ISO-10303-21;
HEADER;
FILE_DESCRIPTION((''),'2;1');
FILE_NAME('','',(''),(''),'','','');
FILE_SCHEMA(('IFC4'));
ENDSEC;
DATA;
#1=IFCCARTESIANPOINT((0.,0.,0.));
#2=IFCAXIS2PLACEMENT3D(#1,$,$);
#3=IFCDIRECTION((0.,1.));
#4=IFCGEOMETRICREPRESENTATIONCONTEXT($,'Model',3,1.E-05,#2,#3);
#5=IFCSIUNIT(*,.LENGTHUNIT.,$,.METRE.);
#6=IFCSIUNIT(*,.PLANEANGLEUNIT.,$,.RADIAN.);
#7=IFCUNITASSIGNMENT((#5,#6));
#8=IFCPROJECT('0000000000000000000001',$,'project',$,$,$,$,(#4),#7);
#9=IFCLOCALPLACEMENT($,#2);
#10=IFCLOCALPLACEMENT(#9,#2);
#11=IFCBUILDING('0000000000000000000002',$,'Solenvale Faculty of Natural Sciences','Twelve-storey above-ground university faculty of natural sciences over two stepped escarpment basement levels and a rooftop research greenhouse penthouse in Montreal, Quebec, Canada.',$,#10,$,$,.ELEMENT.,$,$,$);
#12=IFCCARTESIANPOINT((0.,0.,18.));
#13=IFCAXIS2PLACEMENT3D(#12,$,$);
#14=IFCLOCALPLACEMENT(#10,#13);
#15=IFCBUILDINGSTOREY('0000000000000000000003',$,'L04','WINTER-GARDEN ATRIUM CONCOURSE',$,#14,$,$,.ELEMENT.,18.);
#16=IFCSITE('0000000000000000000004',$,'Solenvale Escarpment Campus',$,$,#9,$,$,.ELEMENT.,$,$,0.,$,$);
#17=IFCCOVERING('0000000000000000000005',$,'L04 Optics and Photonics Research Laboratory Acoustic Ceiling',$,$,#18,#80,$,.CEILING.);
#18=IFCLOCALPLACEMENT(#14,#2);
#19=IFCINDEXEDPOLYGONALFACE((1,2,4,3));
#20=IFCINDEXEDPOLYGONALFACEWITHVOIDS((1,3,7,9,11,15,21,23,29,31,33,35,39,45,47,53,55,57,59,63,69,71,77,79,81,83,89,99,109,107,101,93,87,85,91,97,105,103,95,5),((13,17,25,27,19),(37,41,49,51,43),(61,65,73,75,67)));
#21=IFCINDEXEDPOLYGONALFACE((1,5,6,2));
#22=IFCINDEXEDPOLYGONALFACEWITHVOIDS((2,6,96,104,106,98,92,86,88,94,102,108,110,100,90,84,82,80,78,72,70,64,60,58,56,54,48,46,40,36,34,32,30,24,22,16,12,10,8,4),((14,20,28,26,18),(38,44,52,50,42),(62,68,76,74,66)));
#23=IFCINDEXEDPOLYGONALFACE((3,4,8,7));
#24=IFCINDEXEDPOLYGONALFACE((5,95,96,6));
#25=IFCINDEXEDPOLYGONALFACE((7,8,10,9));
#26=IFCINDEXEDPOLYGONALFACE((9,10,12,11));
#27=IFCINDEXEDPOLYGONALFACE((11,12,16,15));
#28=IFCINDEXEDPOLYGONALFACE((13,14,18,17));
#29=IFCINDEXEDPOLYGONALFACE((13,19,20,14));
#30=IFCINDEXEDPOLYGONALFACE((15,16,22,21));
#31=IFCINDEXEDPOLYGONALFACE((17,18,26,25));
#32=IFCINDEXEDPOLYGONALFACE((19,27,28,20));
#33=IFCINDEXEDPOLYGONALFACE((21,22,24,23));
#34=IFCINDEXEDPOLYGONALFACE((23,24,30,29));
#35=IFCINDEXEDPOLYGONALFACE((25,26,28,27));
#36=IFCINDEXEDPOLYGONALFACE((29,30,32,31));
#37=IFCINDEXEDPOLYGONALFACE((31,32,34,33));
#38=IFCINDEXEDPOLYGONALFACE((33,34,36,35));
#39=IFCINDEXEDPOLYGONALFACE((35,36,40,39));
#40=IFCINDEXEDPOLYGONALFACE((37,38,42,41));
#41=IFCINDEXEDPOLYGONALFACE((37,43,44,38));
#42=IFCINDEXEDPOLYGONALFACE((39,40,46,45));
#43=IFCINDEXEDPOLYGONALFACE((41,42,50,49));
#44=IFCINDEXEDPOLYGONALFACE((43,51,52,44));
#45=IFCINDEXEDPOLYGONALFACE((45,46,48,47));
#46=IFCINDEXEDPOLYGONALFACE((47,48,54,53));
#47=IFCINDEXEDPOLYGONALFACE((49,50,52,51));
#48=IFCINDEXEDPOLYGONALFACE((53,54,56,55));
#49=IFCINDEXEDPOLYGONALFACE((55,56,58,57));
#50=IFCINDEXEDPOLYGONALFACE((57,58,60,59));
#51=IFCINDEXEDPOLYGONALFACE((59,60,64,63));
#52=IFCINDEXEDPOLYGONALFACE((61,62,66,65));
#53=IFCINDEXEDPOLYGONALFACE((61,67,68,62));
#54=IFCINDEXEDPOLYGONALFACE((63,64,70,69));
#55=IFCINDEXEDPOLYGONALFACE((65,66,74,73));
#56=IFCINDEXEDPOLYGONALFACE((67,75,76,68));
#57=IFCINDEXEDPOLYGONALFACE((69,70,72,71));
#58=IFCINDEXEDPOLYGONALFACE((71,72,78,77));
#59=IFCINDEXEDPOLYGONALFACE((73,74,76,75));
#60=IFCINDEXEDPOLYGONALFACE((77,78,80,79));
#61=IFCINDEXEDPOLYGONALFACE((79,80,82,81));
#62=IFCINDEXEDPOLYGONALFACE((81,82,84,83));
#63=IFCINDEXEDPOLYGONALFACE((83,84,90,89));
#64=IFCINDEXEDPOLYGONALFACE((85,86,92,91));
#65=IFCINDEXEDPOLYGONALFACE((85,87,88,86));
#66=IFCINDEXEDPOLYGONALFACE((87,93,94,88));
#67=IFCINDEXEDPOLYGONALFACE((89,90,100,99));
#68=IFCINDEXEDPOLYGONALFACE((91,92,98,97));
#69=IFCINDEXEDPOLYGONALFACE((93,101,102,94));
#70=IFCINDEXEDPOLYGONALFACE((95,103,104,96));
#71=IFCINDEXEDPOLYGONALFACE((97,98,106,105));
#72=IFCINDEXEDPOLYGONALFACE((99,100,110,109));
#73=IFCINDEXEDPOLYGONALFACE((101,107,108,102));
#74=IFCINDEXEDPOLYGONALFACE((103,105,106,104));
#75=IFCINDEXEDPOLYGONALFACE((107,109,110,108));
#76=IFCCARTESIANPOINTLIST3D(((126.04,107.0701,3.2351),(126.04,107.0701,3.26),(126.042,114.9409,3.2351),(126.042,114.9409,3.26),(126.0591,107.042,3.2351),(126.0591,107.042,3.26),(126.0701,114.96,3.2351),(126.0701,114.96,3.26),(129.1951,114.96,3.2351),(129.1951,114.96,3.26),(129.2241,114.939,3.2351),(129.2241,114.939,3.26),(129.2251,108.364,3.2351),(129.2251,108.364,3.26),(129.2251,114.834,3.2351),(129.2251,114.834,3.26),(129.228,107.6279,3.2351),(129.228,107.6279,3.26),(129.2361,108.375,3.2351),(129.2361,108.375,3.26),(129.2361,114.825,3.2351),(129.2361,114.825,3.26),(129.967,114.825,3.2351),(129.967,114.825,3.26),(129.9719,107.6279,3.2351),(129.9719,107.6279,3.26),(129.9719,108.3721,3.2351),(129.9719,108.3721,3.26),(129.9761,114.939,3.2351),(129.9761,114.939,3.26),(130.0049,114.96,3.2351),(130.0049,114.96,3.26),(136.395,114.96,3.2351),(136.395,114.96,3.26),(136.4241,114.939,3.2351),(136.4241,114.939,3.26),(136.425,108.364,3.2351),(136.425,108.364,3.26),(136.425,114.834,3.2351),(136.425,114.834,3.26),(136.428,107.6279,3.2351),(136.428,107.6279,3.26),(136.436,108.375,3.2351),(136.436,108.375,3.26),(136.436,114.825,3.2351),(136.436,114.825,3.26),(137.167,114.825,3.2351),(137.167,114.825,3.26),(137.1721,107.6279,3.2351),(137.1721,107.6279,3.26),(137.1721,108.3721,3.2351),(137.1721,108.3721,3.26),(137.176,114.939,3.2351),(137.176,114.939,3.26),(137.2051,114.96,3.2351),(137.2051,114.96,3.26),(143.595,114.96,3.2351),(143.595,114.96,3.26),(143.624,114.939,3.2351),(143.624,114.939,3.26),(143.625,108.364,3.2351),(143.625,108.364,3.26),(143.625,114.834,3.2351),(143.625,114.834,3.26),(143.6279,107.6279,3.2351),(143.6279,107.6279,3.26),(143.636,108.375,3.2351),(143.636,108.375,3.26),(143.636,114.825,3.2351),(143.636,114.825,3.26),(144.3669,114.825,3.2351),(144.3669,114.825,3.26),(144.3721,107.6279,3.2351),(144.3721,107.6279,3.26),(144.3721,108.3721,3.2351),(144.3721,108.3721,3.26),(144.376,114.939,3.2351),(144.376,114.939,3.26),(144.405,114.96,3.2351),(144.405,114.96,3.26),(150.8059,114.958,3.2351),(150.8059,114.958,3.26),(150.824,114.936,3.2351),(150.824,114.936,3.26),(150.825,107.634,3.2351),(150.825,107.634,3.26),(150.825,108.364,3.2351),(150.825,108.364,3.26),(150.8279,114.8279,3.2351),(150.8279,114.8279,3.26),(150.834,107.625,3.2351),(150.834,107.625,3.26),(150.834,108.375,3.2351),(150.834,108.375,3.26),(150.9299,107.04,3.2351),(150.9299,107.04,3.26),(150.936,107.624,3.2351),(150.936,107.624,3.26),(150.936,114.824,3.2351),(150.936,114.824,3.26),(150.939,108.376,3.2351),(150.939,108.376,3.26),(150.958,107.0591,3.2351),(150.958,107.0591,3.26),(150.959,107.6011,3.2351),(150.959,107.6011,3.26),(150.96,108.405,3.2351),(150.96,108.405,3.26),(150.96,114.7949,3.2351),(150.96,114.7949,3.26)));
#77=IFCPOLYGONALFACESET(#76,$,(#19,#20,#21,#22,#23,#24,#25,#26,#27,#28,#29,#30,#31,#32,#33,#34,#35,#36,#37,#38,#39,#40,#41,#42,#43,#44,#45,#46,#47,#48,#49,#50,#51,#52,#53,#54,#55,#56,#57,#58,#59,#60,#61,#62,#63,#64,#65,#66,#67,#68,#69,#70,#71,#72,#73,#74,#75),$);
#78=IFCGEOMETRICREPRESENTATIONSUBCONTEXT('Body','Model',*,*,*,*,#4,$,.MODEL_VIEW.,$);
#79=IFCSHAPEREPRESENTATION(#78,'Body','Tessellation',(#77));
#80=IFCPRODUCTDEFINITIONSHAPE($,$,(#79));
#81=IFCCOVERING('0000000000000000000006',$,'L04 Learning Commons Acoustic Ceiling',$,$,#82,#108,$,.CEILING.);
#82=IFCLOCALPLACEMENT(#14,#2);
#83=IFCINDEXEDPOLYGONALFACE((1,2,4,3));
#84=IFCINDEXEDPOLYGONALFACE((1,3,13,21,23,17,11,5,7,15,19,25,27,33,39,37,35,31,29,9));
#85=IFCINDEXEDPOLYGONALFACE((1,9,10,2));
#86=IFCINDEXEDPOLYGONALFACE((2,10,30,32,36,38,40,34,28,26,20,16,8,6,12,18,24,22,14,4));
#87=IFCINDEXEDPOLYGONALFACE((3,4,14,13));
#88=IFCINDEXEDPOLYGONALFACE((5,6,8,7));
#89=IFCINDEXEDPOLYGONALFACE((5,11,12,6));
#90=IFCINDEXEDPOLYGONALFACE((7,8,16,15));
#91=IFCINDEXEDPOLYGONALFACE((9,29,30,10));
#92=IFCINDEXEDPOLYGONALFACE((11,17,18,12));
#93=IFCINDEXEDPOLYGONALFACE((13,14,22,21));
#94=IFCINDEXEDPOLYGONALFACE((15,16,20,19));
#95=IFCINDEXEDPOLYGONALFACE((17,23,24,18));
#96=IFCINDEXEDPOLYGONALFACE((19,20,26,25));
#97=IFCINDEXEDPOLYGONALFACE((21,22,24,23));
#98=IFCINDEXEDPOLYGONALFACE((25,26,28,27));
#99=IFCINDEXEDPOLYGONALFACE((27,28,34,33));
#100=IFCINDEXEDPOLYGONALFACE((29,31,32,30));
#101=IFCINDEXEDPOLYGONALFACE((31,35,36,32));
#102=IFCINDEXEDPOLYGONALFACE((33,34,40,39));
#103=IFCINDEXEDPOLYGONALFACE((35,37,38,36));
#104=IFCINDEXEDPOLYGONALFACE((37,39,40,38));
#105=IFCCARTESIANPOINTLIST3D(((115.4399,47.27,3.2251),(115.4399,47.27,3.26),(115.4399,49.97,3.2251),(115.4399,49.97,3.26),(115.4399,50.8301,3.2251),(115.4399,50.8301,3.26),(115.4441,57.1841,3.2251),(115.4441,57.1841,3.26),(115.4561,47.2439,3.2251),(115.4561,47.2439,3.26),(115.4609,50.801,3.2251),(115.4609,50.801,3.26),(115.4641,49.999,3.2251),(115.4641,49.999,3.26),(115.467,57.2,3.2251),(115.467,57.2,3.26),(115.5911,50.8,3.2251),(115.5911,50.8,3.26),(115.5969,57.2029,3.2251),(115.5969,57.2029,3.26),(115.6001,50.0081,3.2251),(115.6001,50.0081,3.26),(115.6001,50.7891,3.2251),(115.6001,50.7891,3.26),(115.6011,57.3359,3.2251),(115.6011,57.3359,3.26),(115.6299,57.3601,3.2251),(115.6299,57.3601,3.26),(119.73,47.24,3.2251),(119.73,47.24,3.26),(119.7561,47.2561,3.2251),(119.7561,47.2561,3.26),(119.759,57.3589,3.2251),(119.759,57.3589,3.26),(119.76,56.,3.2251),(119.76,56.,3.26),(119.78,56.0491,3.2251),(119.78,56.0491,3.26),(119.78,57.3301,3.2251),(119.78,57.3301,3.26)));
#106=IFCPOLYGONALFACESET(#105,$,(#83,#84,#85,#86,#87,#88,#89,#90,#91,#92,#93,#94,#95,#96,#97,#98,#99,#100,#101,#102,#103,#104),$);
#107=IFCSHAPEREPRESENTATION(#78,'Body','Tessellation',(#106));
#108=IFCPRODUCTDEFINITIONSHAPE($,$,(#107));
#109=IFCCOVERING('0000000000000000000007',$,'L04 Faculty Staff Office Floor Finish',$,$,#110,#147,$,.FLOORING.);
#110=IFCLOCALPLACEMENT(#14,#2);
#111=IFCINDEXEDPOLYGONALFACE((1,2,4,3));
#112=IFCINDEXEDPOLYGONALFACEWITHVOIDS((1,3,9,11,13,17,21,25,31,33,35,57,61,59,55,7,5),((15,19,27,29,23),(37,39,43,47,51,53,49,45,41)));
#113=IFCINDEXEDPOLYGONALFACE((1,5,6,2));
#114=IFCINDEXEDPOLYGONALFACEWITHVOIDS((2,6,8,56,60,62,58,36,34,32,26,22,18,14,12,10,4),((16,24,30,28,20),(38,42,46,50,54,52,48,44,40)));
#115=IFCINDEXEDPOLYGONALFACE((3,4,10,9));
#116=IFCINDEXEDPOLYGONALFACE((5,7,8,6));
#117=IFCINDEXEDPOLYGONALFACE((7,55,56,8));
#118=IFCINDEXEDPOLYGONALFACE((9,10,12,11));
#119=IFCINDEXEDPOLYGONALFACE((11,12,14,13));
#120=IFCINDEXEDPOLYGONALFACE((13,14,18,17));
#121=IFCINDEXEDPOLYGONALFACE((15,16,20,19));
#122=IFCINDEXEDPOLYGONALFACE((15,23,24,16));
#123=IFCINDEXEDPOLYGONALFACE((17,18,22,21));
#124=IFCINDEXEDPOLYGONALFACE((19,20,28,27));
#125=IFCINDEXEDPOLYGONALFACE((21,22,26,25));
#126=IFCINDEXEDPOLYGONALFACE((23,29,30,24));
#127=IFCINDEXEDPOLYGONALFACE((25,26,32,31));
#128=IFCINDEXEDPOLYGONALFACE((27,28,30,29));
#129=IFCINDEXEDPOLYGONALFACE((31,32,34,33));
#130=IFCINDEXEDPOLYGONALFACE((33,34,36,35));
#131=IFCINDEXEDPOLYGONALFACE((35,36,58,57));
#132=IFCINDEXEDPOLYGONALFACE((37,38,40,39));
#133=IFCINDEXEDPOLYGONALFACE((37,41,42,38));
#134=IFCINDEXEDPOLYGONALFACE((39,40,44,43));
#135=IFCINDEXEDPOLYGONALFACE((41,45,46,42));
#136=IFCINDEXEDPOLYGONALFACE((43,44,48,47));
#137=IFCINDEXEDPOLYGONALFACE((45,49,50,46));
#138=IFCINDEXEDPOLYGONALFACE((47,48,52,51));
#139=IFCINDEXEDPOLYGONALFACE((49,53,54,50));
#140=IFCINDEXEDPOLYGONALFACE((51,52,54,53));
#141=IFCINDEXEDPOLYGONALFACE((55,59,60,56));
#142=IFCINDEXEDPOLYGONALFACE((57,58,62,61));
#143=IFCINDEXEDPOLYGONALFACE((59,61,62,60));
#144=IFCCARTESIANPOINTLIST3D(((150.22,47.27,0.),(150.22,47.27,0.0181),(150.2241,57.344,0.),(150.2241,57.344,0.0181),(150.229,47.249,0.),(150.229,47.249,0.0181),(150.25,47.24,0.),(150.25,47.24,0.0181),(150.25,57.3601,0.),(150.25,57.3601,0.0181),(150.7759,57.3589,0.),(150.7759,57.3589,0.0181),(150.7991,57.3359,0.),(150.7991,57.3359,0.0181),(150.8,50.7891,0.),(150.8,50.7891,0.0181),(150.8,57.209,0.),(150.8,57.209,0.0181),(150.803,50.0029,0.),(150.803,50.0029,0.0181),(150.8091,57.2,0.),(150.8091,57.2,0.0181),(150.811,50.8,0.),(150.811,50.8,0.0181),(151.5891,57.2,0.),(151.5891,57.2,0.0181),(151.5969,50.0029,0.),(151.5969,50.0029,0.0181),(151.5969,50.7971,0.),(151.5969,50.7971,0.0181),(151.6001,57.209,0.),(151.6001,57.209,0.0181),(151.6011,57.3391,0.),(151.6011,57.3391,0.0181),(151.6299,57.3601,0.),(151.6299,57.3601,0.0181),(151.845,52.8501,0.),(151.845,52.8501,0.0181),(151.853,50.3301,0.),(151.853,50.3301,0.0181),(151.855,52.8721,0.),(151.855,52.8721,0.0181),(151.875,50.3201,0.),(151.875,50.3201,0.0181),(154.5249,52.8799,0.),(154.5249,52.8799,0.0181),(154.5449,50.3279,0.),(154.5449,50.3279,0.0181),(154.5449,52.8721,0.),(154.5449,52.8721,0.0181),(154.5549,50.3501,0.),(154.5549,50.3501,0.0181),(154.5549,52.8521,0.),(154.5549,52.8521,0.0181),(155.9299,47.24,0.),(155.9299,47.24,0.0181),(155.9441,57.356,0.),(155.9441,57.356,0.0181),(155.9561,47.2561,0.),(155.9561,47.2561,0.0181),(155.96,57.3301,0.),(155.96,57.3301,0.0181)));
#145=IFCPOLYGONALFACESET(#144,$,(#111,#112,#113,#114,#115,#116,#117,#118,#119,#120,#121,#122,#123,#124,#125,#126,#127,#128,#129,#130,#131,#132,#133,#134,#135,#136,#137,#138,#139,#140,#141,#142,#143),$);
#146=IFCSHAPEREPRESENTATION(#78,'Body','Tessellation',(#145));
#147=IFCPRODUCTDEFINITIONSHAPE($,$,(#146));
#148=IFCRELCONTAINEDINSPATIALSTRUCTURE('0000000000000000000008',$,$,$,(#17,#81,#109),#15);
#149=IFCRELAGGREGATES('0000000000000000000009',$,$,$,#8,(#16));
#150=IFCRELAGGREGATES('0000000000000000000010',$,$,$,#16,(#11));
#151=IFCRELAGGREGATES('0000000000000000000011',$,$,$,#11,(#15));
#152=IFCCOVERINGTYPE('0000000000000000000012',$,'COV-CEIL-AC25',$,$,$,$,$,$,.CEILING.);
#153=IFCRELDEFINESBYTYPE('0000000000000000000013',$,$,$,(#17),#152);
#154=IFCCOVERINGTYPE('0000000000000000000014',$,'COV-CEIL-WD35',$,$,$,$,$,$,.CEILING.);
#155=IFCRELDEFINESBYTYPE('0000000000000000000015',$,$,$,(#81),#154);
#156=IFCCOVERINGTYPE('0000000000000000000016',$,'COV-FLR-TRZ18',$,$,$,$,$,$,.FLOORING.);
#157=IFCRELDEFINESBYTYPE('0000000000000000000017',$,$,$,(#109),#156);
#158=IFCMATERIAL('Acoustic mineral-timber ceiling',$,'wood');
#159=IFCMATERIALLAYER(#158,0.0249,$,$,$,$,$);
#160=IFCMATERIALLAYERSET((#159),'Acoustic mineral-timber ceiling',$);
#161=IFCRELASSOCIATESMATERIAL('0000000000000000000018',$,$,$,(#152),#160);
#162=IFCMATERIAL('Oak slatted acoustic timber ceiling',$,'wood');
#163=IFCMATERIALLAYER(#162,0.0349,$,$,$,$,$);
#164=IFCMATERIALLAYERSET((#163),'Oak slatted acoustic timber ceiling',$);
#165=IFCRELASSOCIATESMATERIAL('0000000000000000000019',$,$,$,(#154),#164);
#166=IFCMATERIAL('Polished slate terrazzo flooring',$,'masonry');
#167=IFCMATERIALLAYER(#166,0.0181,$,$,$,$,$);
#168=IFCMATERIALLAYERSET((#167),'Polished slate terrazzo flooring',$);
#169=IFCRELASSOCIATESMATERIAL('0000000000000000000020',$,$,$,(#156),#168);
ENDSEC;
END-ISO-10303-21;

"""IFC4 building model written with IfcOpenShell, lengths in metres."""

from ifc_helpers import new_model, si_unit, direction, frame, origin, place, context, subcontext, project, spatial, polyline, outline, extrude, material, layer, layer_set, type_object, element, save


model = new_model("IFC4")

# Units and contexts
model_context = context("Model", 3, precision=1e-05, world=origin(), true_north=direction((0.0, 1.0)))
body_context = subcontext(model_context, "Body", "Model", "MODEL_VIEW")
ifc_project = project(units=[si_unit("LENGTHUNIT", "METRE"), si_unit("PLANEANGLEUNIT", "RADIAN")], contexts=[model_context])

# Site, building, storey
site_placement = place(None, origin())
site = spatial("IfcSite", under=ifc_project, at=site_placement, Name="Solenvale Escarpment Campus", CompositionType="ELEMENT", RefElevation=0.0)
building_placement = place(site_placement, origin())
building = spatial("IfcBuilding", under=site, at=building_placement, Name="Solenvale Faculty of Natural Sciences", Description="Twelve-storey above-ground university faculty of natural sciences over two stepped escarpment basement levels and a rooftop research greenhouse penthouse in Montreal, Quebec, Canada.", CompositionType="ELEMENT")
storey_placement = place(building_placement, frame((0.0, 0.0, 18.0)))
storey = spatial("IfcBuildingStorey", under=building, at=storey_placement, Name="L04", Description="WINTER-GARDEN ATRIUM CONCOURSE", CompositionType="ELEMENT", Elevation=18.0)

# Coverings
ifc_material_1 = material(Name="Acoustic mineral-timber ceiling", Category="wood")
ifc_layer_1 = layer(ifc_material_1, 0.0249)
ifc_layer_set_1 = layer_set([ifc_layer_1], Name="Acoustic mineral-timber ceiling")
covering_type_1 = type_object("IfcCoveringType", Name="COV-CEIL-AC25", PredefinedType="CEILING", material=ifc_layer_set_1)
covering_1_placement = place(storey_placement, frame((0.0, 0.0, 3.2351)))
element("IfcCovering", 1, at=covering_1_placement, inside=storey, type_object=covering_type_1, Name="L04 Optics and Photonics Research Laboratory Acoustic Ceiling", PredefinedType="CEILING", context=body_context, shape_type="SweptSolid", body=[
    extrude(outline(polyline([(129.1951, 114.96), (129.2241, 114.939), (129.2251, 114.834), (129.2361, 114.825), (129.967, 114.825), (129.9761, 114.939), (130.0049, 114.96), (136.395, 114.96), (136.4241, 114.939), (136.425, 114.834), (136.436, 114.825), (137.167, 114.825), (137.176, 114.939), (137.2051, 114.96), (143.595, 114.96), (143.624, 114.939), (143.625, 114.834), (143.636, 114.825), (144.3669, 114.825), (144.376, 114.939), (144.405, 114.96), (150.8059, 114.958), (150.824, 114.936), (150.8279, 114.8279), (150.936, 114.824), (150.96, 114.7949), (150.96, 108.405), (150.939, 108.376), (150.834, 108.375), (150.825, 108.364), (150.825, 107.634), (150.834, 107.625), (150.936, 107.624), (150.959, 107.6011), (150.958, 107.0591), (150.9299, 107.04), (126.0591, 107.042), (126.04, 107.0701), (126.042, 114.9409), (126.0701, 114.96), (129.1951, 114.96)]), holes=[polyline([(143.636, 108.375), (143.625, 108.364), (143.6279, 107.6279), (144.3721, 107.6279), (144.3721, 108.3721), (143.636, 108.375)]), polyline([(136.436, 108.375), (136.425, 108.364), (136.428, 107.6279), (137.1721, 107.6279), (137.1721, 108.3721), (136.436, 108.375)]), polyline([(129.2361, 108.375), (129.2251, 108.364), (129.228, 107.6279), (129.9719, 107.6279), (129.9719, 108.3721), (129.2361, 108.375)])]), origin(), (0.0, 0.0, 1.0), 0.0249),
])
ifc_material_2 = material(Name="Oak slatted acoustic timber ceiling", Category="wood")
ifc_layer_2 = layer(ifc_material_2, 0.0349)
ifc_layer_set_2 = layer_set([ifc_layer_2], Name="Oak slatted acoustic timber ceiling")
covering_type_2 = type_object("IfcCoveringType", Name="COV-CEIL-WD35", PredefinedType="CEILING", material=ifc_layer_set_2)
covering_2_placement = place(storey_placement, frame((0.0, 0.0, 3.2251)))
element("IfcCovering", 2, at=covering_2_placement, inside=storey, type_object=covering_type_2, Name="L04 Learning Commons Acoustic Ceiling", PredefinedType="CEILING", context=body_context, shape_type="SweptSolid", body=[
    extrude(outline(polyline([(119.78, 56.0491), (119.76, 56.0), (119.7561, 47.2561), (119.73, 47.24), (115.4561, 47.2439), (115.4399, 47.27), (115.4399, 49.97), (115.4641, 49.999), (115.6001, 50.0081), (115.6001, 50.7891), (115.5911, 50.8), (115.4609, 50.801), (115.4399, 50.8301), (115.4441, 57.1841), (115.467, 57.2), (115.5969, 57.2029), (115.6011, 57.3359), (115.6299, 57.3601), (119.759, 57.3589), (119.78, 57.3301), (119.78, 56.0491)])), origin(), (0.0, 0.0, 1.0), 0.0349),
])
ifc_material_3 = material(Name="Polished slate terrazzo flooring", Category="masonry")
ifc_layer_3 = layer(ifc_material_3, 0.0181)
ifc_layer_set_3 = layer_set([ifc_layer_3], Name="Polished slate terrazzo flooring")
covering_type_3 = type_object("IfcCoveringType", Name="COV-FLR-TRZ18", PredefinedType="FLOORING", material=ifc_layer_set_3)
covering_3_placement = place(storey_placement, origin())
element("IfcCovering", 3, at=covering_3_placement, inside=storey, type_object=covering_type_3, Name="L04 Faculty Staff Office Floor Finish", PredefinedType="FLOORING", context=body_context, shape_type="SweptSolid", body=[
    extrude(outline(polyline([(150.25, 47.24), (150.229, 47.249), (150.22, 47.27), (150.2241, 57.344), (150.25, 57.3601), (150.7759, 57.3589), (150.7991, 57.3359), (150.8, 57.209), (150.8091, 57.2), (151.5891, 57.2), (151.6001, 57.209), (151.6011, 57.3391), (151.6299, 57.3601), (155.9441, 57.356), (155.96, 57.3301), (155.9561, 47.2561), (155.9299, 47.24), (150.25, 47.24)]), holes=[polyline([(154.5549, 52.8521), (154.5449, 52.8721), (154.5249, 52.8799), (151.855, 52.8721), (151.845, 52.8501), (151.853, 50.3301), (151.875, 50.3201), (154.5449, 50.3279), (154.5549, 50.3501), (154.5549, 52.8521)]), polyline([(150.811, 50.8), (150.8, 50.7891), (150.803, 50.0029), (151.5969, 50.0029), (151.5969, 50.7971), (150.811, 50.8)])]), origin(), (0.0, 0.0, 1.0), 0.0181),
])

save(model, "model.ifc")
